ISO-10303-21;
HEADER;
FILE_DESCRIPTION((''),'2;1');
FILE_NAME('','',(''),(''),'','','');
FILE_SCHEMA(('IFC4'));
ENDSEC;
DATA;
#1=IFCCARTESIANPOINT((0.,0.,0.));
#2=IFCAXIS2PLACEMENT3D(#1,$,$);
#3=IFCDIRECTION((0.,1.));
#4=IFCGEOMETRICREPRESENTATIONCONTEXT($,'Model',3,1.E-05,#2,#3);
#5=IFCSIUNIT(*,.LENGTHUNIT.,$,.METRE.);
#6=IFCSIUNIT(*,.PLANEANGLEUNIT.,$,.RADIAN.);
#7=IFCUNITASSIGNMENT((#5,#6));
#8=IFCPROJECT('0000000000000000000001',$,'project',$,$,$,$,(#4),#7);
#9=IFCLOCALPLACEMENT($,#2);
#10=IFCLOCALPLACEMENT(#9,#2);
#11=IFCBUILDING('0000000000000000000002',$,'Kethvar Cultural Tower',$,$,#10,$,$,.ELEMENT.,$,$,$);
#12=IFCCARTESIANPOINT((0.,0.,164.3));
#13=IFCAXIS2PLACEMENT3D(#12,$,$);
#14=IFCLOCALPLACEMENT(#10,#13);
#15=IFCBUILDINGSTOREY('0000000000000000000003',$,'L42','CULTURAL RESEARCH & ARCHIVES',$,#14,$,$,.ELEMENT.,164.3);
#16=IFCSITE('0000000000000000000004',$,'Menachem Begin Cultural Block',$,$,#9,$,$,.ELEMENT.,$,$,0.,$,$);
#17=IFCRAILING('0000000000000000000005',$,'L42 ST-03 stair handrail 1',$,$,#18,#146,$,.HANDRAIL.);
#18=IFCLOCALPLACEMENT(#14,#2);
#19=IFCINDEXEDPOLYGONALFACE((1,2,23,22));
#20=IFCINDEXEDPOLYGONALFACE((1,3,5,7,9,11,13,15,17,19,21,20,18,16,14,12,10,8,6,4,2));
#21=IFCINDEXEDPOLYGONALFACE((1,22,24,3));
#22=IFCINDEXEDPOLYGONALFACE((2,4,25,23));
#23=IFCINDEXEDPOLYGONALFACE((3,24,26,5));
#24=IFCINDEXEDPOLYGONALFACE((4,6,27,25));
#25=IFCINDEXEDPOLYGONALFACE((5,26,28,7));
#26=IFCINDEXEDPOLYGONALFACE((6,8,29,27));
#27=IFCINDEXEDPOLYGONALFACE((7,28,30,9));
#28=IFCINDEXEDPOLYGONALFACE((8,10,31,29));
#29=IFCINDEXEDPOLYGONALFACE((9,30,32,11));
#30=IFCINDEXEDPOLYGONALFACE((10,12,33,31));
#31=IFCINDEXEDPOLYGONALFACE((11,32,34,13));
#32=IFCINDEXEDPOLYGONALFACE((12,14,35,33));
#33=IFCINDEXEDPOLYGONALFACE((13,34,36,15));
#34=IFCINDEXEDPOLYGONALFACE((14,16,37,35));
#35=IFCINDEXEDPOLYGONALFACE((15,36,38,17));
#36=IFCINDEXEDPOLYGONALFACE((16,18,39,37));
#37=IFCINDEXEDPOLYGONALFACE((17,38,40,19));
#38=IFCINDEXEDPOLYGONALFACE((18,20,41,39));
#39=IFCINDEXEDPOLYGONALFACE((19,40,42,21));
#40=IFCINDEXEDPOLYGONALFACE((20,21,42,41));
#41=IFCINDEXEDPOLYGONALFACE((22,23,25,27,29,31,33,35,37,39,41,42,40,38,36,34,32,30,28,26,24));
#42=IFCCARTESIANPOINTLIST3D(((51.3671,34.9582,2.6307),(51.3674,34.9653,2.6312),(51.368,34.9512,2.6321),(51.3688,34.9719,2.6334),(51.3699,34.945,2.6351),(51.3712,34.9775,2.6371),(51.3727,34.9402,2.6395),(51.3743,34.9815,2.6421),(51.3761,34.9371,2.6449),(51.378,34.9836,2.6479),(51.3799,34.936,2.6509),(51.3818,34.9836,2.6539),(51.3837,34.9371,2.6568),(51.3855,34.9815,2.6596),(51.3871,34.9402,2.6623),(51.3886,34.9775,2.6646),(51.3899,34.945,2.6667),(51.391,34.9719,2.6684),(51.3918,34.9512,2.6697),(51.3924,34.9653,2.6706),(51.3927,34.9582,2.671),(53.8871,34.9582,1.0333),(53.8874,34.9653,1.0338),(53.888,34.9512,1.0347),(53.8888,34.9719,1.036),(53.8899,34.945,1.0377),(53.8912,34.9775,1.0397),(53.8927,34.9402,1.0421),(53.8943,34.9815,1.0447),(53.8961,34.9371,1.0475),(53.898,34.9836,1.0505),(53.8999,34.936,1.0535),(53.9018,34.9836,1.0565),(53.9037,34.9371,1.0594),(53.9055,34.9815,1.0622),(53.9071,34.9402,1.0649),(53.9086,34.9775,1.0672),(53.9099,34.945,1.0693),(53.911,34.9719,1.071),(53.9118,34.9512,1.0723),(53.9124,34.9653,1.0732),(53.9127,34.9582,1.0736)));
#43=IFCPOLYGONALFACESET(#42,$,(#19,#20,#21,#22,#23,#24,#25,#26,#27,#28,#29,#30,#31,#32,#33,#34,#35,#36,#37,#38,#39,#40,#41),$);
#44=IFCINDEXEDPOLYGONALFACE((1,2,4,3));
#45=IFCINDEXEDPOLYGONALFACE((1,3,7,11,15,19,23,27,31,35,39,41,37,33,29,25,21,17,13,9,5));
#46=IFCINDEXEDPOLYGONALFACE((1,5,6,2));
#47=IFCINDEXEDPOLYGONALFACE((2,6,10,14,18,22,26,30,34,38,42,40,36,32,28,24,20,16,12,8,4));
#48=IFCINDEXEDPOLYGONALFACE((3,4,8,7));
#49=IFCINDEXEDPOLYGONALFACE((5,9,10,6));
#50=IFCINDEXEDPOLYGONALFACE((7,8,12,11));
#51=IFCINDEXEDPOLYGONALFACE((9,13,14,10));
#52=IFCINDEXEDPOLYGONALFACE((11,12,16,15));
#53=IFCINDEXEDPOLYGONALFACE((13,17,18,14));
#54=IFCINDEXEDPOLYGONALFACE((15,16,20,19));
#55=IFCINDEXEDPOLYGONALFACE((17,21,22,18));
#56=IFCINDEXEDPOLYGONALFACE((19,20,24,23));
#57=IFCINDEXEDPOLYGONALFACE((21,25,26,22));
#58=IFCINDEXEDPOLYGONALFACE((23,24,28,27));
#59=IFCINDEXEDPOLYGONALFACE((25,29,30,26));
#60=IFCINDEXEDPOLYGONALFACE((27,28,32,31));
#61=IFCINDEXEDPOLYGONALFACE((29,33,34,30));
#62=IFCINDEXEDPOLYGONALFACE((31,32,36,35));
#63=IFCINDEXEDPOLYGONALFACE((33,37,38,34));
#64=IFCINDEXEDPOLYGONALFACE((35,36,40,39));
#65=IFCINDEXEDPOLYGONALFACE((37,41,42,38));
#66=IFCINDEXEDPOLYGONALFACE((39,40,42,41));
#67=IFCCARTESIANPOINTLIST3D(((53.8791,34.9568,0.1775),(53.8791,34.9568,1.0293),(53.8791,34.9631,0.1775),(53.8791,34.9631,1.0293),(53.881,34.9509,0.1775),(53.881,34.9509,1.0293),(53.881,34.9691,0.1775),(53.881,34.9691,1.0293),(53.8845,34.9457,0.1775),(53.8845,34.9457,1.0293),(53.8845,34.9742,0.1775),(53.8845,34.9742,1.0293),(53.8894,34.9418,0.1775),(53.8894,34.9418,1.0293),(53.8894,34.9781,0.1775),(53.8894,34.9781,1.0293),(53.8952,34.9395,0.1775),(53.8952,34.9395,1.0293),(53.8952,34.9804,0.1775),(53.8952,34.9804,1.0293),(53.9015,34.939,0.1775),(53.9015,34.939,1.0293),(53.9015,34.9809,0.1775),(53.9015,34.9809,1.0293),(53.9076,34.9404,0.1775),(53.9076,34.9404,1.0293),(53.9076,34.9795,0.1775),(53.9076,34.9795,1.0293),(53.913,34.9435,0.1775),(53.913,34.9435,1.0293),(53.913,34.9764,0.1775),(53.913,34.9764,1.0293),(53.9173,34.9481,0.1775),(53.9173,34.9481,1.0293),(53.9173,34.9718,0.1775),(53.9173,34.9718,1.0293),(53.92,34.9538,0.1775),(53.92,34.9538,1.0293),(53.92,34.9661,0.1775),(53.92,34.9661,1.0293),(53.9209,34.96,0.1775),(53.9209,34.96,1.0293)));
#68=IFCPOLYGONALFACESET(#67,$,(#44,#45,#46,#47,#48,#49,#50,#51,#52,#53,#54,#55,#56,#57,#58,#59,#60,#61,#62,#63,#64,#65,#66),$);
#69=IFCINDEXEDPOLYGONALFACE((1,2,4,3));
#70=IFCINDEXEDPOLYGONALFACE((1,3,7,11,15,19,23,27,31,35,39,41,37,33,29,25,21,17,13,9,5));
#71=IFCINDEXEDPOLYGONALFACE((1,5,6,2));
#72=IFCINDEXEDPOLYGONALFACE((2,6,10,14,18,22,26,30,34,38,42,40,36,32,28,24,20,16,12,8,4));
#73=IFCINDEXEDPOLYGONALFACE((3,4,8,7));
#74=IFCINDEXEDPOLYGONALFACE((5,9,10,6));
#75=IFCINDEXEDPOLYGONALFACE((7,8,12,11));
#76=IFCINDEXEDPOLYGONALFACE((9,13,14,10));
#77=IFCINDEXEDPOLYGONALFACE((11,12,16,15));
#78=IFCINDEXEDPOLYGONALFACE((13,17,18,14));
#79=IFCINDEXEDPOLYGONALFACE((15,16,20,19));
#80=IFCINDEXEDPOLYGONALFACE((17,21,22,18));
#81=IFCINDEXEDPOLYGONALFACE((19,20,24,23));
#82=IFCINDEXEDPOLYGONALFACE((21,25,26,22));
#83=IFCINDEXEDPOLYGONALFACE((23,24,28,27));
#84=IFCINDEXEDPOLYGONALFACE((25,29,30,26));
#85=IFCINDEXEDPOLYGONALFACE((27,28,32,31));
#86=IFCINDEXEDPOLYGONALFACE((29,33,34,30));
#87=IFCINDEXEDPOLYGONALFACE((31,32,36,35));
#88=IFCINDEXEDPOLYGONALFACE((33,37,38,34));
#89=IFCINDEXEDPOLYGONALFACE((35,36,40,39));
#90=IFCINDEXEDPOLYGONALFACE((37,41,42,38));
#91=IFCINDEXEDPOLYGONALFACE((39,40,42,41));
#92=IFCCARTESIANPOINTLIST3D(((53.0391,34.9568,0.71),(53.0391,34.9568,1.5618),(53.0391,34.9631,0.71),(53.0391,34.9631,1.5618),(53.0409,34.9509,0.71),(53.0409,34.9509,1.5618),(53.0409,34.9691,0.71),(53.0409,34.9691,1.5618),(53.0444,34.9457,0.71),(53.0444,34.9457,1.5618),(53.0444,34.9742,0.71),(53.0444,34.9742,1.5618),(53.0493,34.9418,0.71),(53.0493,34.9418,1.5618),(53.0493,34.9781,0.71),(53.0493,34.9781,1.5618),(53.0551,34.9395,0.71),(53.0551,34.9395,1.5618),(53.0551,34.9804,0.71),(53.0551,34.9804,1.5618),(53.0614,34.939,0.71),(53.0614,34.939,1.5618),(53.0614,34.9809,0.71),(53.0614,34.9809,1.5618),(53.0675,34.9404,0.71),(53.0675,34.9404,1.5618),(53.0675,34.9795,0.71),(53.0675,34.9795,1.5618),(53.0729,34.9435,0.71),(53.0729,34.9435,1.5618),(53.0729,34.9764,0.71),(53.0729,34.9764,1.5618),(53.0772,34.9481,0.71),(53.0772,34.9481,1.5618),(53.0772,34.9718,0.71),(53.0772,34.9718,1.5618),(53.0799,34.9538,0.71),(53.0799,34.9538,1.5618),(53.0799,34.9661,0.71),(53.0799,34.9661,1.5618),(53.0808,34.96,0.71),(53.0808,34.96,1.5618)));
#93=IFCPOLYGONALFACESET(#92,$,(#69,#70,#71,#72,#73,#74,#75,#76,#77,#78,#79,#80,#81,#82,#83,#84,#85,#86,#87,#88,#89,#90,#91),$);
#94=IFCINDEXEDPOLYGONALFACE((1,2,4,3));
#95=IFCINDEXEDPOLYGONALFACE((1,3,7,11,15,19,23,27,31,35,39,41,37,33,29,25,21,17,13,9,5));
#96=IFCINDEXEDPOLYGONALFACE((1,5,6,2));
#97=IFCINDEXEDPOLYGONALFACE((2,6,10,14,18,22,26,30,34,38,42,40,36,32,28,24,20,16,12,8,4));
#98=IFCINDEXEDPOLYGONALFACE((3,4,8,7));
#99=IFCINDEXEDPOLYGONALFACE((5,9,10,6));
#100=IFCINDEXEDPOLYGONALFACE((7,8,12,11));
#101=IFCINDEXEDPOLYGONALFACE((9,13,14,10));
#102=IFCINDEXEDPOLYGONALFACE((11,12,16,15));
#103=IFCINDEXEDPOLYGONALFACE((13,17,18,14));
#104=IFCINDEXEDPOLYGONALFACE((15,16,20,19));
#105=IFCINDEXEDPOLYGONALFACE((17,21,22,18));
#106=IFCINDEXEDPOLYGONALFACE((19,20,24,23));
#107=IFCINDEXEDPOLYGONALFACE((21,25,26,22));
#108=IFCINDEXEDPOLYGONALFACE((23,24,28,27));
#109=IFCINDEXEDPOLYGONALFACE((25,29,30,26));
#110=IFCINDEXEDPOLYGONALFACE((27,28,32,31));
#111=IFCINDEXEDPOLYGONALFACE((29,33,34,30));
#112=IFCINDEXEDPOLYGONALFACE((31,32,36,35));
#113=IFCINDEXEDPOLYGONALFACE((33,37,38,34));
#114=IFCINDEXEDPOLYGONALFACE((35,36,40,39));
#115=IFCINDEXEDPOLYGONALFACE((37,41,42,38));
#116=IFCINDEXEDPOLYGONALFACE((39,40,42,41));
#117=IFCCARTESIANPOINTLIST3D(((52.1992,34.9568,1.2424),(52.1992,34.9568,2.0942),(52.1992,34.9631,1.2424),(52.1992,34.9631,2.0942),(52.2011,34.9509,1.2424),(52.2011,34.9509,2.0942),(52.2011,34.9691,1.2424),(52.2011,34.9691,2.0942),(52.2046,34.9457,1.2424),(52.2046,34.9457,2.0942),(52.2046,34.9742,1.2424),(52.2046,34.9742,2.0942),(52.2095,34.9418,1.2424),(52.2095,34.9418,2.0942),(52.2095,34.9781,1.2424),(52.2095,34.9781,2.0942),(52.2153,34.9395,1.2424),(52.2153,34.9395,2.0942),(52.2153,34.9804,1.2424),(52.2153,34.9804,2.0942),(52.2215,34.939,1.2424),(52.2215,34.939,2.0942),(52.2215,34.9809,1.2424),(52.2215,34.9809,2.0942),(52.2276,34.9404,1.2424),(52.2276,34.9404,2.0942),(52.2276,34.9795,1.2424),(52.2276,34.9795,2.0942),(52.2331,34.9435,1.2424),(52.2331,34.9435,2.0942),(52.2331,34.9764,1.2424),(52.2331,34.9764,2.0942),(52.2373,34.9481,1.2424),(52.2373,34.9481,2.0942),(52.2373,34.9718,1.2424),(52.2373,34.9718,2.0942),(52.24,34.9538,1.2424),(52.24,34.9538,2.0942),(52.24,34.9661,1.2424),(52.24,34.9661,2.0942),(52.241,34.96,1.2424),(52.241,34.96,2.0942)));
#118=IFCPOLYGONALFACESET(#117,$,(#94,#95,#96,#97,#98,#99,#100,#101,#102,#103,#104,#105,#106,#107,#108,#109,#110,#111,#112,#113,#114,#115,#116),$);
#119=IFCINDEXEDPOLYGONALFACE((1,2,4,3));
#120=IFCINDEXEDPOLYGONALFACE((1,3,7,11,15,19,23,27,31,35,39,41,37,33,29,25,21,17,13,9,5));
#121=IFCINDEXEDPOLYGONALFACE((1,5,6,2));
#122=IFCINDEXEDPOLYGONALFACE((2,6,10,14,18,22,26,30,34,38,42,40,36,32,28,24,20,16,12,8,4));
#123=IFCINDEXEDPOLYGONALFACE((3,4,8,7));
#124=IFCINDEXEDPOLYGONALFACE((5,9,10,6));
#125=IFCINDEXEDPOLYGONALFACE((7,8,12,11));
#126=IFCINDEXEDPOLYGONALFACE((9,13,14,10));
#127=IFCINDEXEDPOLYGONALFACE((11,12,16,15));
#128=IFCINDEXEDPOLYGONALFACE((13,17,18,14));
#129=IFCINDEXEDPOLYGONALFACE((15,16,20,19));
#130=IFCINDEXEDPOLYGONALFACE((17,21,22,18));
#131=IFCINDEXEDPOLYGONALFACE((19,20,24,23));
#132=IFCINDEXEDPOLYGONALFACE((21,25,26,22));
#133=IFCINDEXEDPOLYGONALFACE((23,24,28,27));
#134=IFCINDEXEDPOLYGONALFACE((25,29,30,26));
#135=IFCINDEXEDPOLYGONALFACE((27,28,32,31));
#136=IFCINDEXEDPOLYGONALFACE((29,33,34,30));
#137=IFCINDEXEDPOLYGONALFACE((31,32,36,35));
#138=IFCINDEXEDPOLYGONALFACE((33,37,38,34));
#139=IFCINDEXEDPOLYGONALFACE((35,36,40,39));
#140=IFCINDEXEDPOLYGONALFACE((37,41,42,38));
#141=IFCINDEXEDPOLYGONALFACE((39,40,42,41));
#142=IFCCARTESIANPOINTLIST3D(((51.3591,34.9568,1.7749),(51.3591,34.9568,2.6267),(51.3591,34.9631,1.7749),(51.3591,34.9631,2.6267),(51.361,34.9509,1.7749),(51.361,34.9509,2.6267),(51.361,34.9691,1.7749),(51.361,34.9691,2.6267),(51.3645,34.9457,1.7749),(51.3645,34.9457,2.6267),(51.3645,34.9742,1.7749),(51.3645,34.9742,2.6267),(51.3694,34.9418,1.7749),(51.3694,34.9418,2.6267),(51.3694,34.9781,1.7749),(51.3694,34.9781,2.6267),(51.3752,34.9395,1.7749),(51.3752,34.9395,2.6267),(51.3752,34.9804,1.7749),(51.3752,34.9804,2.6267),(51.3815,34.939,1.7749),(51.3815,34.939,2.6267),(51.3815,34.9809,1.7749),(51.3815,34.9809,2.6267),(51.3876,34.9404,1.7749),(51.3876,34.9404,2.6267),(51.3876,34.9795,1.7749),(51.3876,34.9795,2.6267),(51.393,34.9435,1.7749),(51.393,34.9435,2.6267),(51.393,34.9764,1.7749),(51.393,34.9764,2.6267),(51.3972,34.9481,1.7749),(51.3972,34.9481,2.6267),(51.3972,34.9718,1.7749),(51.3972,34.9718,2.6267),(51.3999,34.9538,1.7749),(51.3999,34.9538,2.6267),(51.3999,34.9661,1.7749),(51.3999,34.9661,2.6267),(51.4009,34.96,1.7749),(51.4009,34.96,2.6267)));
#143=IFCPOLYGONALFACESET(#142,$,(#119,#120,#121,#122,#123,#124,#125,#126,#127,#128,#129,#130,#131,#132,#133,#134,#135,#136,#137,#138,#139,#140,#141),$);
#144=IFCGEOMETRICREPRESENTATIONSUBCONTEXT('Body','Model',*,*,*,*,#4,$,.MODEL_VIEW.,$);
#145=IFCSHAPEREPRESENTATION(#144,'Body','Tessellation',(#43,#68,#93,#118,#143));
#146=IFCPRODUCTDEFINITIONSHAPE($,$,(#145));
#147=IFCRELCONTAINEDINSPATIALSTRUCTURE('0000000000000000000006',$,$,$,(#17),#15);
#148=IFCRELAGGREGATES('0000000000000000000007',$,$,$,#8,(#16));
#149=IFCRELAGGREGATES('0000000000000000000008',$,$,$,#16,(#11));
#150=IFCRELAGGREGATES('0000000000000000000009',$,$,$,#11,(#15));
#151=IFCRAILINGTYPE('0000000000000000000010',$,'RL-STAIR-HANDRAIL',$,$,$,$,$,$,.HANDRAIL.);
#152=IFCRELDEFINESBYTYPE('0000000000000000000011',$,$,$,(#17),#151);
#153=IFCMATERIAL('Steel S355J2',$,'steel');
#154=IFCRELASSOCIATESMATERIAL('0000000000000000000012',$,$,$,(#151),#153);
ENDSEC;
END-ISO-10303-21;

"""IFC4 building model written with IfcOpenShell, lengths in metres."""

from ifc_helpers import new_model, si_unit, direction, frame, origin, origin_2d, place, context, subcontext, project, spatial, circle, extrude, material, type_object, element, save


model = new_model("IFC4")

# Units and contexts
model_context = context("Model", 3, precision=1e-05, world=origin(), true_north=direction((0.0, 1.0)))
body_context = subcontext(model_context, "Body", "Model", "MODEL_VIEW")
ifc_project = project(units=[si_unit("LENGTHUNIT", "METRE"), si_unit("PLANEANGLEUNIT", "RADIAN")], contexts=[model_context])

# Site, building, storey
site_placement = place(None, origin())
site = spatial("IfcSite", under=ifc_project, at=site_placement, Name="Menachem Begin Cultural Block", CompositionType="ELEMENT", RefElevation=0.0)
building_placement = place(site_placement, origin())
building = spatial("IfcBuilding", under=site, at=building_placement, Name="Kethvar Cultural Tower", CompositionType="ELEMENT")
storey_placement = place(building_placement, frame((0.0, 0.0, 164.3)))
storey = spatial("IfcBuildingStorey", under=building, at=storey_placement, Name="L42", Description="CULTURAL RESEARCH & ARCHIVES", CompositionType="ELEMENT", Elevation=164.3)

# Shared definitions
ifc_material_1 = material(Name="Steel S355J2", Category="steel")

# Railing
railing_type_1 = type_object("IfcRailingType", Name="RL-STAIR-HANDRAIL", PredefinedType="HANDRAIL", material=ifc_material_1)
railing_1_placement = place(storey_placement, frame((53.8999, 34.96, 0.1775)))
element("IfcRailing", 1, at=railing_1_placement, inside=storey, type_object=railing_type_1, Name="L42 ST-03 stair handrail 1", PredefinedType="HANDRAIL", context=body_context, shape_type="SweptSolid", body=[
    extrude(circle(Radius=0.0239, at=origin_2d()), frame((0.0, 0.0, 0.876), z_axis=(-0.844607, 0.0, 0.535387), x_axis=(0.0, -1.0, 0.0)), (0.0, 0.0, 1.0), 2.9836),
    extrude(circle(Radius=0.021, at=origin_2d()), origin(), (0.0, 0.0, 1.0), 0.8518),
    extrude(circle(Radius=0.021, at=origin_2d()), frame((-0.8401, 0.0, 0.5325)), (0.0, 0.0, 1.0), 0.8518),
    extrude(circle(Radius=0.021, at=origin_2d()), frame((-1.6799, 0.0, 1.0649)), (0.0, 0.0, 1.0), 0.8518),
    extrude(circle(Radius=0.021, at=origin_2d()), frame((-2.52, 0.0, 1.5974)), (0.0, 0.0, 1.0), 0.8518),
])

save(model, "model.ifc")
